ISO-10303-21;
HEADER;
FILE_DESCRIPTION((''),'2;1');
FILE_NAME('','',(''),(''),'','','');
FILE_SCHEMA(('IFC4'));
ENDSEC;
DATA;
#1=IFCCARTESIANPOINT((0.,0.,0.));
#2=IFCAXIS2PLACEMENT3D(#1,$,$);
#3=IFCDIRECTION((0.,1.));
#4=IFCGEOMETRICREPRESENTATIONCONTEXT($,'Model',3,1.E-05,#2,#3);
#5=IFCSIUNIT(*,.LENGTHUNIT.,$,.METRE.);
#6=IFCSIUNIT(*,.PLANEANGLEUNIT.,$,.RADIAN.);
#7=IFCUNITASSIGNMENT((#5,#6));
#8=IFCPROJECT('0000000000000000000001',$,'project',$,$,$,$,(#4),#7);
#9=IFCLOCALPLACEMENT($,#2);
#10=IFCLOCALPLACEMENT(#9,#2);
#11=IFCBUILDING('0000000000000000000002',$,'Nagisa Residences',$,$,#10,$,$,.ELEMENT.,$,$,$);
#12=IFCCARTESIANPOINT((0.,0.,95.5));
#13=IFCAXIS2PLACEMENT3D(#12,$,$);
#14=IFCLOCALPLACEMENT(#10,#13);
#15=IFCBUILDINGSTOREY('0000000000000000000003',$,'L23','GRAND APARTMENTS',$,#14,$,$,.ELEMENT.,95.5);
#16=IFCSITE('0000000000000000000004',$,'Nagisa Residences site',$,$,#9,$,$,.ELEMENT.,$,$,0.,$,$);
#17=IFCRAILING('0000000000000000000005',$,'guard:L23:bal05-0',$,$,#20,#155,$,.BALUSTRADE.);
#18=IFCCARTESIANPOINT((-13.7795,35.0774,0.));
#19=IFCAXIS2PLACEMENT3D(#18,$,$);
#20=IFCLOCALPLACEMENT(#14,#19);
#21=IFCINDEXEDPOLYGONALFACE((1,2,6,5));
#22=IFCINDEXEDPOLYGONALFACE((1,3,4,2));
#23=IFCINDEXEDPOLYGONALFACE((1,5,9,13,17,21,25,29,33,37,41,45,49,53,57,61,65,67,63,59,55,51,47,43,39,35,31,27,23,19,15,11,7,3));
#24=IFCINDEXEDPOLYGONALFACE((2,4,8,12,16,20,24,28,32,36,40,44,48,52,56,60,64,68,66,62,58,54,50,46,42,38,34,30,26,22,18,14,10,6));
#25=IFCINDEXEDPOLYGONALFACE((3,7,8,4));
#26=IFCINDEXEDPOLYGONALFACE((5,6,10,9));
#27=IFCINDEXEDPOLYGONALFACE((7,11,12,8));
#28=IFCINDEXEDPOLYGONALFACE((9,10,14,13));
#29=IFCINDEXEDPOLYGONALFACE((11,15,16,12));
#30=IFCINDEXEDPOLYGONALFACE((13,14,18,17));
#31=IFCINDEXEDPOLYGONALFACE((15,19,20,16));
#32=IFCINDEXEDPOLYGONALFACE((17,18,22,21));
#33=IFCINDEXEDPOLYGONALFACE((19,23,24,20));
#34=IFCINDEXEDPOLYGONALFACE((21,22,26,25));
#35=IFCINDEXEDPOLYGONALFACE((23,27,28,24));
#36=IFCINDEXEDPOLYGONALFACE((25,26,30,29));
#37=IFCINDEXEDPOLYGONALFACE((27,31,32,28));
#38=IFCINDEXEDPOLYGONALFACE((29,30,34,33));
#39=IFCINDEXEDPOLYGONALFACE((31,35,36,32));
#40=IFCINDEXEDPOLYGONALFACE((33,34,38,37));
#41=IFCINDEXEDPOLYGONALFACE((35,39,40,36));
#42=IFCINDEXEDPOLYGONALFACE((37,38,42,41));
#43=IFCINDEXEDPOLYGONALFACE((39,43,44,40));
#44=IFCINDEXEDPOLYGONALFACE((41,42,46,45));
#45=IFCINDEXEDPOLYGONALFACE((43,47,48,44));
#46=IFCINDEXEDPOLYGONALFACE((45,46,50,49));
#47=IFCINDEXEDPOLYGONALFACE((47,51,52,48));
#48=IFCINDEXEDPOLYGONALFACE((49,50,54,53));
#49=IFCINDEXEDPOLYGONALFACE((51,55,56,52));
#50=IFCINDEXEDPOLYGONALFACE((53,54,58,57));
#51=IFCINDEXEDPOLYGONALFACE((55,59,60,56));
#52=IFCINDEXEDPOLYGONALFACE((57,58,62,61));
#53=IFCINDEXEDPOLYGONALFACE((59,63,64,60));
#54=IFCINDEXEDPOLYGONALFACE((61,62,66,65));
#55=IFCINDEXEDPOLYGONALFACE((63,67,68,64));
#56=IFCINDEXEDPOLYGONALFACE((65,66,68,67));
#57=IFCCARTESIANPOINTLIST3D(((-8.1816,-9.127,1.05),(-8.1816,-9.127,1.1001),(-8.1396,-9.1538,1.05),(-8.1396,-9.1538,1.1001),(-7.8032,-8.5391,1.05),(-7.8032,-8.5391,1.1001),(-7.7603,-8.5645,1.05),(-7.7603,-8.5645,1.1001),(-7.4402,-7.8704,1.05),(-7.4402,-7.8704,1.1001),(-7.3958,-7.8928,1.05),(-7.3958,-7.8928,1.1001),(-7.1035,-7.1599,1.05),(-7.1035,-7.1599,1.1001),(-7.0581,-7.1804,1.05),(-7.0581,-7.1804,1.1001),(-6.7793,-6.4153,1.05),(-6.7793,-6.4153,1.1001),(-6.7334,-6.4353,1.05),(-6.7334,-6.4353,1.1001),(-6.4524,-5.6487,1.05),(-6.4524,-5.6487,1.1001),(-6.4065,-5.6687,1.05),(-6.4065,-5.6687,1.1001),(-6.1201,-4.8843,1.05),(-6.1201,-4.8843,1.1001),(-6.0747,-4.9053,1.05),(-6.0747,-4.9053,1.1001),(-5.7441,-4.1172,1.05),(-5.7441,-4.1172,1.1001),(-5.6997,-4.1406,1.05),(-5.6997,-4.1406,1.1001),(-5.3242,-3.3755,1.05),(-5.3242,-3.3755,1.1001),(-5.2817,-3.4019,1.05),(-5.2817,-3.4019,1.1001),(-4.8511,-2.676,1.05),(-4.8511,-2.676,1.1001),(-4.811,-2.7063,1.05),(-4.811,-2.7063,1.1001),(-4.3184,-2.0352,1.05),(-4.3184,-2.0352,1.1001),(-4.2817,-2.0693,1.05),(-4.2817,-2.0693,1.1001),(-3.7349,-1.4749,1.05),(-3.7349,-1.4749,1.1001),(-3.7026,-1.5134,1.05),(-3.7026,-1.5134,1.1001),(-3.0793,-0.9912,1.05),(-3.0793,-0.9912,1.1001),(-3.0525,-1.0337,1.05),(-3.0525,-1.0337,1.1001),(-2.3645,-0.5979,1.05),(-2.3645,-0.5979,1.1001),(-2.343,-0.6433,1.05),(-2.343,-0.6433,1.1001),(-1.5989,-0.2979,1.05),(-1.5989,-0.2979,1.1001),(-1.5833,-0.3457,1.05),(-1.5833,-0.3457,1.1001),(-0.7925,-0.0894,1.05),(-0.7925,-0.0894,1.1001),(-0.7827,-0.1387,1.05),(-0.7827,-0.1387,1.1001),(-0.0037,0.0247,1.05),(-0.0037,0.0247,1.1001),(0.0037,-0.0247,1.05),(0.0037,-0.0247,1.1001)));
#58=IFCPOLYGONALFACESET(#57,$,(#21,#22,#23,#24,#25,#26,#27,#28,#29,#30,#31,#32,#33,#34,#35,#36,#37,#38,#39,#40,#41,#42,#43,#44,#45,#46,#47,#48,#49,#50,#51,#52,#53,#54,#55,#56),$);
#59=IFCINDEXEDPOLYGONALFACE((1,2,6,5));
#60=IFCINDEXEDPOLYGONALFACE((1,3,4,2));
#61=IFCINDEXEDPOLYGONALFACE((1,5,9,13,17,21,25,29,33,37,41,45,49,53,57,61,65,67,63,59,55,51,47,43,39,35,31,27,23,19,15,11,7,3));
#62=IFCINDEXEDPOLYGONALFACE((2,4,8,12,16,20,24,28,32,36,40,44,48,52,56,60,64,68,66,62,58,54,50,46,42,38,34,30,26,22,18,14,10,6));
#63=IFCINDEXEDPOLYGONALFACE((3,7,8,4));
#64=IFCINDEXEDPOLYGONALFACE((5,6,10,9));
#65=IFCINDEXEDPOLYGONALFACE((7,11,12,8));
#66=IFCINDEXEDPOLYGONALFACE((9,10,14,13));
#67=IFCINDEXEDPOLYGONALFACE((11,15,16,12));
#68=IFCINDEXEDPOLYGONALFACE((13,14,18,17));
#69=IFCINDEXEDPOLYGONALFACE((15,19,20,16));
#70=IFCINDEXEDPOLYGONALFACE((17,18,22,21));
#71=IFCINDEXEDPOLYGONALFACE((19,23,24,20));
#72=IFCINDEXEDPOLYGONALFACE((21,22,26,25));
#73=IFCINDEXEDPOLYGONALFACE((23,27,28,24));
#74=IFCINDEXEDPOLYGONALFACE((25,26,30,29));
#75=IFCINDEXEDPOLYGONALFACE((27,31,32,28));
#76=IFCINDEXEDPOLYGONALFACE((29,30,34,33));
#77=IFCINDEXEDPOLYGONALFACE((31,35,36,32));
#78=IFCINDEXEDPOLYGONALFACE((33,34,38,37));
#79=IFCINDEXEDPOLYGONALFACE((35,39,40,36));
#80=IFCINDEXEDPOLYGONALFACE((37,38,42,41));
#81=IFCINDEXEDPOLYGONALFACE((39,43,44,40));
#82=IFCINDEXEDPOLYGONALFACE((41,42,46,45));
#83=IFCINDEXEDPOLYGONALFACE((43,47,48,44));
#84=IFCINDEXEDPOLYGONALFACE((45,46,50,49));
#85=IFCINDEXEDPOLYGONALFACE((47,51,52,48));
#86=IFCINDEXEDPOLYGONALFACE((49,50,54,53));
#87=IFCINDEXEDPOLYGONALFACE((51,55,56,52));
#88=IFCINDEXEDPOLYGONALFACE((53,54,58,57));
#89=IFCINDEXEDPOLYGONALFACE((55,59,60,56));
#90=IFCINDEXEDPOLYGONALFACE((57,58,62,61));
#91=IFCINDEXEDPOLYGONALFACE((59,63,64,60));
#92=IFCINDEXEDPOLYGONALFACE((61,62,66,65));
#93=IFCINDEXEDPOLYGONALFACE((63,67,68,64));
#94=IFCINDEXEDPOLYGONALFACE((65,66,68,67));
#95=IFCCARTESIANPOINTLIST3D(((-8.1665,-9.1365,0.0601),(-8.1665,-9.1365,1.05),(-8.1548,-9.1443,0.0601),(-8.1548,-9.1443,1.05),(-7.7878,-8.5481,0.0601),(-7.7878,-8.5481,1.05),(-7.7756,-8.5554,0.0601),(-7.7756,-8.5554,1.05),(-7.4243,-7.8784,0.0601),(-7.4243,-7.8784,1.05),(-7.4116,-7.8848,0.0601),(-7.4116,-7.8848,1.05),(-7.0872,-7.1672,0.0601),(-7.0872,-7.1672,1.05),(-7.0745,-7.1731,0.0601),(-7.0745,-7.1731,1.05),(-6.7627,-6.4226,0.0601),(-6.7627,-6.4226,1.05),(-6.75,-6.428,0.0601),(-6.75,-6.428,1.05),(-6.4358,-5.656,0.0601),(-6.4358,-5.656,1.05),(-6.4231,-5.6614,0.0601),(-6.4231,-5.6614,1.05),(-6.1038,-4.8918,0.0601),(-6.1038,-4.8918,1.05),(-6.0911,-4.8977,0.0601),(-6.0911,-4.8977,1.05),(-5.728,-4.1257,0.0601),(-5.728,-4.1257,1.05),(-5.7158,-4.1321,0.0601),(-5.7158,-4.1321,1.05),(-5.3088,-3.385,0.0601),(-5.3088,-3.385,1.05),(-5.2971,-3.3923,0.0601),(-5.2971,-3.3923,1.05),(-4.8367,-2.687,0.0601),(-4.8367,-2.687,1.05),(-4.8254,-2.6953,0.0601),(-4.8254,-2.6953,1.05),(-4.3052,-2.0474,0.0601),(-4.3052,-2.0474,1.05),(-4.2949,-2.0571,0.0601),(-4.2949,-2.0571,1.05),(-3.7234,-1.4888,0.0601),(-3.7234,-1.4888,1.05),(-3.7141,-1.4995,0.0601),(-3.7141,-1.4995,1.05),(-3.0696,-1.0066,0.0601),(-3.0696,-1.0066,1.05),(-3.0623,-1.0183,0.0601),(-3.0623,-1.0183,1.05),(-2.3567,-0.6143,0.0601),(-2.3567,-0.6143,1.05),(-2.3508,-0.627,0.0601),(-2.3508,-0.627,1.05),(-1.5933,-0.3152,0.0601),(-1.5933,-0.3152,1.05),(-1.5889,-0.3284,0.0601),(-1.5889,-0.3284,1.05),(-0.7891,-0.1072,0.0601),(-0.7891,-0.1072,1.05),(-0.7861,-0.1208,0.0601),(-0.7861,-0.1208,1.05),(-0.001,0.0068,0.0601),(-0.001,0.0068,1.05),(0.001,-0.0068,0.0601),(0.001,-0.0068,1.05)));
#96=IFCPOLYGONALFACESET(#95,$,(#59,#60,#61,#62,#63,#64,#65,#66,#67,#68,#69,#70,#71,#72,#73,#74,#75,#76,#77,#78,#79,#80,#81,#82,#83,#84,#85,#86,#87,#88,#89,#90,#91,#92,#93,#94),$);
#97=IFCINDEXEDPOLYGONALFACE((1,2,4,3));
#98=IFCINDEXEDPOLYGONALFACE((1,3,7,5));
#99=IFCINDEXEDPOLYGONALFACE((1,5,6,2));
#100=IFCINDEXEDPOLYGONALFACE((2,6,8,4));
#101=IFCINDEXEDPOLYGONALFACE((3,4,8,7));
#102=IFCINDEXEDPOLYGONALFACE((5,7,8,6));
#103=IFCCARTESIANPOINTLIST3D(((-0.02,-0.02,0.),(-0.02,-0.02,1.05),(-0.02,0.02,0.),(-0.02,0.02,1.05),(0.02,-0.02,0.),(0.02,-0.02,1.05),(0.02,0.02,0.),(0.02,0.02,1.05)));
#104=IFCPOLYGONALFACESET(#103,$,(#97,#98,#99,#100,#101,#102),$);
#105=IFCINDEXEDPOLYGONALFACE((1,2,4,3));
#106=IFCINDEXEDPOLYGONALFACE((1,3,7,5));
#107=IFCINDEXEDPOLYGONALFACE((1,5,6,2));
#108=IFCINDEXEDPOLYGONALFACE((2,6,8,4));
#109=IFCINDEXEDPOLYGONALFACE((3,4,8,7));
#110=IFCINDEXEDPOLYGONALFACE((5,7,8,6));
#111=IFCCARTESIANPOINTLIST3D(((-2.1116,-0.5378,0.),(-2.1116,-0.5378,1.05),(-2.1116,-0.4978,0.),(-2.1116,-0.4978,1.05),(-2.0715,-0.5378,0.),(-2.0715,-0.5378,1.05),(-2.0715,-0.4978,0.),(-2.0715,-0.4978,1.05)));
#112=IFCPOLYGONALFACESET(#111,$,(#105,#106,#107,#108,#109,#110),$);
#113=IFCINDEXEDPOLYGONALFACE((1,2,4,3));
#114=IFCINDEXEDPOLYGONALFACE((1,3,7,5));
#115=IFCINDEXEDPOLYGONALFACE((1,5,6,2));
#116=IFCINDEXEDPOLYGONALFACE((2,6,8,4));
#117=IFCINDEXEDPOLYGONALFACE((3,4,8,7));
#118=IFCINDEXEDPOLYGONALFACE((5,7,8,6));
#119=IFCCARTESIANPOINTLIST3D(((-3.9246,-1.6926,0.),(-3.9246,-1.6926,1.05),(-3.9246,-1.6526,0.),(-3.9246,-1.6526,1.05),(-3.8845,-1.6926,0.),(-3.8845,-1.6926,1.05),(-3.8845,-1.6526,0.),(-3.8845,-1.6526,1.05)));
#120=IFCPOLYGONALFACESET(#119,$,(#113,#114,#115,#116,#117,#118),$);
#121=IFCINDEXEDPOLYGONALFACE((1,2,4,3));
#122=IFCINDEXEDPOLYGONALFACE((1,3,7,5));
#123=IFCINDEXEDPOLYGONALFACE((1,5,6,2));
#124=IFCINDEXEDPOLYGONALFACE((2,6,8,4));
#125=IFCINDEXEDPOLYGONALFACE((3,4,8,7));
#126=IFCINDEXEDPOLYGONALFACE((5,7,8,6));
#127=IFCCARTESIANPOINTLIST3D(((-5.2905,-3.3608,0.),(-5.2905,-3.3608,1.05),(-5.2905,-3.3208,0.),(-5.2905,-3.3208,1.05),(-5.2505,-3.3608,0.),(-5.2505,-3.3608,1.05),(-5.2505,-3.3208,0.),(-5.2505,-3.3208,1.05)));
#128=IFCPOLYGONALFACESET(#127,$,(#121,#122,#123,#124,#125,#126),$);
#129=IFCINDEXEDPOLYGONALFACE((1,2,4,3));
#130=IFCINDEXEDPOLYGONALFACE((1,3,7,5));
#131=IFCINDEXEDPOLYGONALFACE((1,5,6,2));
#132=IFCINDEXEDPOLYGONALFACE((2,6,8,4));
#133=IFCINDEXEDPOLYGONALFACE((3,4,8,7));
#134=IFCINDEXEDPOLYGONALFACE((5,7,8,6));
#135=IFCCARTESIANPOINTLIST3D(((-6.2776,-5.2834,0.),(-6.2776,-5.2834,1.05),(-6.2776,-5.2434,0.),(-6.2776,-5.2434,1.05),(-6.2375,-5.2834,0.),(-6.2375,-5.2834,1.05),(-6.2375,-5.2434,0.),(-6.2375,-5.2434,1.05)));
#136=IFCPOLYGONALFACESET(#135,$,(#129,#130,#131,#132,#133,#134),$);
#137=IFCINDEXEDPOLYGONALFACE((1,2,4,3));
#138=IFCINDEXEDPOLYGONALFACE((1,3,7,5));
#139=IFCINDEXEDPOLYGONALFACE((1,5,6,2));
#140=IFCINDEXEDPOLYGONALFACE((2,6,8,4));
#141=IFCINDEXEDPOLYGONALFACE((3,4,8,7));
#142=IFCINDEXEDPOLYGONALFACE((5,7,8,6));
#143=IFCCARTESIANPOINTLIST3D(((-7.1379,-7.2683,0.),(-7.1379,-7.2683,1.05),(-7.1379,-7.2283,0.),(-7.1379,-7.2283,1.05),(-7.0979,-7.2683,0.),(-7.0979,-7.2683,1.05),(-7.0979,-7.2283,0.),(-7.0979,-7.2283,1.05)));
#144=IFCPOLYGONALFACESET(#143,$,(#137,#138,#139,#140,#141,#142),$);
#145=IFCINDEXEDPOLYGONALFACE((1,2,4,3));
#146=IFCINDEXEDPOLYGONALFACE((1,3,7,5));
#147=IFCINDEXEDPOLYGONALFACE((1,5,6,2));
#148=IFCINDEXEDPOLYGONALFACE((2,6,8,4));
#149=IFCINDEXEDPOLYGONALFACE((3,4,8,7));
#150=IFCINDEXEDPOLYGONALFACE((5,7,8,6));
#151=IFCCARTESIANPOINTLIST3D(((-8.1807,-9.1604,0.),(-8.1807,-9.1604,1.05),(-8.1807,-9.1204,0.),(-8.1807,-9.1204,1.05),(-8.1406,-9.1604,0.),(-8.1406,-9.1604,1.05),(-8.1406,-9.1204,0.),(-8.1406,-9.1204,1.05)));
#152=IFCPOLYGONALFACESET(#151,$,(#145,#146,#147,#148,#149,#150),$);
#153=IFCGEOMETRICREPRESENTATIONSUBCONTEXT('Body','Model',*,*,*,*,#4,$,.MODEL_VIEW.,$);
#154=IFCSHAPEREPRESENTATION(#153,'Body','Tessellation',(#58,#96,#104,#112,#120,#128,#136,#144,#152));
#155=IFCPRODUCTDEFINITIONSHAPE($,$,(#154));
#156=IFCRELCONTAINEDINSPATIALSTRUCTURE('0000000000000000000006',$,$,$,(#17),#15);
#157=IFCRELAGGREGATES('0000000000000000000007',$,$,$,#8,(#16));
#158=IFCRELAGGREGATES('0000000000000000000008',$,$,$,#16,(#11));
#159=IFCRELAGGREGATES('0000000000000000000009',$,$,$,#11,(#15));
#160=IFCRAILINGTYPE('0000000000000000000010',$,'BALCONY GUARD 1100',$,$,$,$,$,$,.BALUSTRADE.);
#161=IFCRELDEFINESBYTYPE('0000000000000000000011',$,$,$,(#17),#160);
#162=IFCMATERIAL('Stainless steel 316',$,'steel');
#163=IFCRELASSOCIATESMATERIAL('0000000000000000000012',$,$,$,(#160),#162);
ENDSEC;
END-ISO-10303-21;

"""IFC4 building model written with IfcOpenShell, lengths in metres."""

from ifc_helpers import new_model, si_unit, direction, frame, origin, origin_2d, place, context, subcontext, project, spatial, polyline, rectangle, outline, extrude, material, type_object, element, save


model = new_model("IFC4")

# Units and contexts
model_context = context("Model", 3, precision=1e-05, world=origin(), true_north=direction((0.0, 1.0)))
body_context = subcontext(model_context, "Body", "Model", "MODEL_VIEW")
ifc_project = project(units=[si_unit("LENGTHUNIT", "METRE"), si_unit("PLANEANGLEUNIT", "RADIAN")], contexts=[model_context])

# Site, building, storey
site_placement = place(None, origin())
site = spatial("IfcSite", under=ifc_project, at=site_placement, Name="Nagisa Residences site", CompositionType="ELEMENT", RefElevation=0.0)
building_placement = place(site_placement, origin())
building = spatial("IfcBuilding", under=site, at=building_placement, Name="Nagisa Residences", CompositionType="ELEMENT")
storey_placement = place(building_placement, frame((0.0, 0.0, 95.5)))
storey = spatial("IfcBuildingStorey", under=building, at=storey_placement, Name="L23", Description="GRAND APARTMENTS", CompositionType="ELEMENT", Elevation=95.5)

# Railing
ifc_material_1 = material(Name="Stainless steel 316", Category="steel")
railing_type = type_object("IfcRailingType", Name="BALCONY GUARD 1100", PredefinedType="BALUSTRADE", material=ifc_material_1)
railing_1_placement = place(storey_placement, frame((-13.7795, 35.0774, 0.0)))
element("IfcRailing", 1, at=railing_1_placement, inside=storey, type_object=railing_type, Name="guard:L23:bal05-0", PredefinedType="BALUSTRADE", context=body_context, shape_type="SweptSolid", body=[
    extrude(outline(polyline([(-0.7827, -0.1387), (0.0037, -0.0247), (-0.0037, 0.0247), (-0.7925, -0.0894), (-1.5989, -0.2979), (-2.3645, -0.5979), (-3.0793, -0.9912), (-3.7349, -1.4749), (-4.3184, -2.0352), (-4.8511, -2.676), (-5.3242, -3.3755), (-5.7441, -4.1172), (-6.1201, -4.8843), (-6.4524, -5.6487), (-6.7793, -6.4153), (-7.1035, -7.1599), (-7.4402, -7.8704), (-7.8032, -8.5391), (-8.1816, -9.127), (-8.1396, -9.1538), (-7.7603, -8.5645), (-7.3958, -7.8928), (-7.0581, -7.1804), (-6.7334, -6.4353), (-6.4065, -5.6687), (-6.0747, -4.9053), (-5.6997, -4.1406), (-5.2817, -3.4019), (-4.811, -2.7063), (-4.2817, -2.0693), (-3.7026, -1.5134), (-3.0525, -1.0337), (-2.343, -0.6433), (-1.5833, -0.3457), (-0.7827, -0.1387)])), frame((0.0, 0.0, 1.05)), (0.0, 0.0, 1.0), 0.05),
    extrude(outline(polyline([(-0.7861, -0.1208), (0.001, -0.0068), (-0.001, 0.0068), (-0.7891, -0.1072), (-1.5933, -0.3152), (-2.3567, -0.6143), (-3.0696, -1.0066), (-3.7234, -1.4888), (-4.3052, -2.0474), (-4.8367, -2.687), (-5.3088, -3.385), (-5.728, -4.1257), (-6.1038, -4.8918), (-6.4358, -5.656), (-6.7627, -6.4226), (-7.0872, -7.1672), (-7.4243, -7.8784), (-7.7878, -8.5481), (-8.1665, -9.1365), (-8.1548, -9.1443), (-7.7756, -8.5554), (-7.4116, -7.8848), (-7.0745, -7.1731), (-6.75, -6.428), (-6.4231, -5.6614), (-6.0911, -4.8977), (-5.7158, -4.1321), (-5.2971, -3.3923), (-4.8254, -2.6953), (-4.2949, -2.0571), (-3.7141, -1.4995), (-3.0623, -1.0183), (-2.3508, -0.627), (-1.5889, -0.3284), (-0.7861, -0.1208)])), frame((0.0, 0.0, 0.0601)), (0.0, 0.0, 1.0), 0.99),
    extrude(rectangle(XDim=0.04, YDim=0.04, at=origin_2d()), origin(), (0.0, 0.0, 1.0), 1.05),
    extrude(rectangle(XDim=0.04, YDim=0.04, at=origin_2d()), frame((-2.0916, -0.5178, 0.0)), (0.0, 0.0, 1.0), 1.05),
    extrude(rectangle(XDim=0.04, YDim=0.04, at=origin_2d()), frame((-3.9045, -1.6726, 0.0)), (0.0, 0.0, 1.0), 1.05),
    extrude(rectangle(XDim=0.04, YDim=0.04, at=origin_2d()), frame((-5.2705, -3.3408, 0.0)), (0.0, 0.0, 1.0), 1.05),
    extrude(rectangle(XDim=0.04, YDim=0.04, at=origin_2d()), frame((-6.2576, -5.2634, 0.0)), (0.0, 0.0, 1.0), 1.05),
    extrude(rectangle(XDim=0.04, YDim=0.04, at=origin_2d()), frame((-7.1179, -7.2483, 0.0)), (0.0, 0.0, 1.0), 1.05),
    extrude(rectangle(XDim=0.04, YDim=0.04, at=origin_2d()), frame((-8.1606, -9.1404, 0.0)), (0.0, 0.0, 1.0), 1.05),
])

save(model, "model.ifc")
